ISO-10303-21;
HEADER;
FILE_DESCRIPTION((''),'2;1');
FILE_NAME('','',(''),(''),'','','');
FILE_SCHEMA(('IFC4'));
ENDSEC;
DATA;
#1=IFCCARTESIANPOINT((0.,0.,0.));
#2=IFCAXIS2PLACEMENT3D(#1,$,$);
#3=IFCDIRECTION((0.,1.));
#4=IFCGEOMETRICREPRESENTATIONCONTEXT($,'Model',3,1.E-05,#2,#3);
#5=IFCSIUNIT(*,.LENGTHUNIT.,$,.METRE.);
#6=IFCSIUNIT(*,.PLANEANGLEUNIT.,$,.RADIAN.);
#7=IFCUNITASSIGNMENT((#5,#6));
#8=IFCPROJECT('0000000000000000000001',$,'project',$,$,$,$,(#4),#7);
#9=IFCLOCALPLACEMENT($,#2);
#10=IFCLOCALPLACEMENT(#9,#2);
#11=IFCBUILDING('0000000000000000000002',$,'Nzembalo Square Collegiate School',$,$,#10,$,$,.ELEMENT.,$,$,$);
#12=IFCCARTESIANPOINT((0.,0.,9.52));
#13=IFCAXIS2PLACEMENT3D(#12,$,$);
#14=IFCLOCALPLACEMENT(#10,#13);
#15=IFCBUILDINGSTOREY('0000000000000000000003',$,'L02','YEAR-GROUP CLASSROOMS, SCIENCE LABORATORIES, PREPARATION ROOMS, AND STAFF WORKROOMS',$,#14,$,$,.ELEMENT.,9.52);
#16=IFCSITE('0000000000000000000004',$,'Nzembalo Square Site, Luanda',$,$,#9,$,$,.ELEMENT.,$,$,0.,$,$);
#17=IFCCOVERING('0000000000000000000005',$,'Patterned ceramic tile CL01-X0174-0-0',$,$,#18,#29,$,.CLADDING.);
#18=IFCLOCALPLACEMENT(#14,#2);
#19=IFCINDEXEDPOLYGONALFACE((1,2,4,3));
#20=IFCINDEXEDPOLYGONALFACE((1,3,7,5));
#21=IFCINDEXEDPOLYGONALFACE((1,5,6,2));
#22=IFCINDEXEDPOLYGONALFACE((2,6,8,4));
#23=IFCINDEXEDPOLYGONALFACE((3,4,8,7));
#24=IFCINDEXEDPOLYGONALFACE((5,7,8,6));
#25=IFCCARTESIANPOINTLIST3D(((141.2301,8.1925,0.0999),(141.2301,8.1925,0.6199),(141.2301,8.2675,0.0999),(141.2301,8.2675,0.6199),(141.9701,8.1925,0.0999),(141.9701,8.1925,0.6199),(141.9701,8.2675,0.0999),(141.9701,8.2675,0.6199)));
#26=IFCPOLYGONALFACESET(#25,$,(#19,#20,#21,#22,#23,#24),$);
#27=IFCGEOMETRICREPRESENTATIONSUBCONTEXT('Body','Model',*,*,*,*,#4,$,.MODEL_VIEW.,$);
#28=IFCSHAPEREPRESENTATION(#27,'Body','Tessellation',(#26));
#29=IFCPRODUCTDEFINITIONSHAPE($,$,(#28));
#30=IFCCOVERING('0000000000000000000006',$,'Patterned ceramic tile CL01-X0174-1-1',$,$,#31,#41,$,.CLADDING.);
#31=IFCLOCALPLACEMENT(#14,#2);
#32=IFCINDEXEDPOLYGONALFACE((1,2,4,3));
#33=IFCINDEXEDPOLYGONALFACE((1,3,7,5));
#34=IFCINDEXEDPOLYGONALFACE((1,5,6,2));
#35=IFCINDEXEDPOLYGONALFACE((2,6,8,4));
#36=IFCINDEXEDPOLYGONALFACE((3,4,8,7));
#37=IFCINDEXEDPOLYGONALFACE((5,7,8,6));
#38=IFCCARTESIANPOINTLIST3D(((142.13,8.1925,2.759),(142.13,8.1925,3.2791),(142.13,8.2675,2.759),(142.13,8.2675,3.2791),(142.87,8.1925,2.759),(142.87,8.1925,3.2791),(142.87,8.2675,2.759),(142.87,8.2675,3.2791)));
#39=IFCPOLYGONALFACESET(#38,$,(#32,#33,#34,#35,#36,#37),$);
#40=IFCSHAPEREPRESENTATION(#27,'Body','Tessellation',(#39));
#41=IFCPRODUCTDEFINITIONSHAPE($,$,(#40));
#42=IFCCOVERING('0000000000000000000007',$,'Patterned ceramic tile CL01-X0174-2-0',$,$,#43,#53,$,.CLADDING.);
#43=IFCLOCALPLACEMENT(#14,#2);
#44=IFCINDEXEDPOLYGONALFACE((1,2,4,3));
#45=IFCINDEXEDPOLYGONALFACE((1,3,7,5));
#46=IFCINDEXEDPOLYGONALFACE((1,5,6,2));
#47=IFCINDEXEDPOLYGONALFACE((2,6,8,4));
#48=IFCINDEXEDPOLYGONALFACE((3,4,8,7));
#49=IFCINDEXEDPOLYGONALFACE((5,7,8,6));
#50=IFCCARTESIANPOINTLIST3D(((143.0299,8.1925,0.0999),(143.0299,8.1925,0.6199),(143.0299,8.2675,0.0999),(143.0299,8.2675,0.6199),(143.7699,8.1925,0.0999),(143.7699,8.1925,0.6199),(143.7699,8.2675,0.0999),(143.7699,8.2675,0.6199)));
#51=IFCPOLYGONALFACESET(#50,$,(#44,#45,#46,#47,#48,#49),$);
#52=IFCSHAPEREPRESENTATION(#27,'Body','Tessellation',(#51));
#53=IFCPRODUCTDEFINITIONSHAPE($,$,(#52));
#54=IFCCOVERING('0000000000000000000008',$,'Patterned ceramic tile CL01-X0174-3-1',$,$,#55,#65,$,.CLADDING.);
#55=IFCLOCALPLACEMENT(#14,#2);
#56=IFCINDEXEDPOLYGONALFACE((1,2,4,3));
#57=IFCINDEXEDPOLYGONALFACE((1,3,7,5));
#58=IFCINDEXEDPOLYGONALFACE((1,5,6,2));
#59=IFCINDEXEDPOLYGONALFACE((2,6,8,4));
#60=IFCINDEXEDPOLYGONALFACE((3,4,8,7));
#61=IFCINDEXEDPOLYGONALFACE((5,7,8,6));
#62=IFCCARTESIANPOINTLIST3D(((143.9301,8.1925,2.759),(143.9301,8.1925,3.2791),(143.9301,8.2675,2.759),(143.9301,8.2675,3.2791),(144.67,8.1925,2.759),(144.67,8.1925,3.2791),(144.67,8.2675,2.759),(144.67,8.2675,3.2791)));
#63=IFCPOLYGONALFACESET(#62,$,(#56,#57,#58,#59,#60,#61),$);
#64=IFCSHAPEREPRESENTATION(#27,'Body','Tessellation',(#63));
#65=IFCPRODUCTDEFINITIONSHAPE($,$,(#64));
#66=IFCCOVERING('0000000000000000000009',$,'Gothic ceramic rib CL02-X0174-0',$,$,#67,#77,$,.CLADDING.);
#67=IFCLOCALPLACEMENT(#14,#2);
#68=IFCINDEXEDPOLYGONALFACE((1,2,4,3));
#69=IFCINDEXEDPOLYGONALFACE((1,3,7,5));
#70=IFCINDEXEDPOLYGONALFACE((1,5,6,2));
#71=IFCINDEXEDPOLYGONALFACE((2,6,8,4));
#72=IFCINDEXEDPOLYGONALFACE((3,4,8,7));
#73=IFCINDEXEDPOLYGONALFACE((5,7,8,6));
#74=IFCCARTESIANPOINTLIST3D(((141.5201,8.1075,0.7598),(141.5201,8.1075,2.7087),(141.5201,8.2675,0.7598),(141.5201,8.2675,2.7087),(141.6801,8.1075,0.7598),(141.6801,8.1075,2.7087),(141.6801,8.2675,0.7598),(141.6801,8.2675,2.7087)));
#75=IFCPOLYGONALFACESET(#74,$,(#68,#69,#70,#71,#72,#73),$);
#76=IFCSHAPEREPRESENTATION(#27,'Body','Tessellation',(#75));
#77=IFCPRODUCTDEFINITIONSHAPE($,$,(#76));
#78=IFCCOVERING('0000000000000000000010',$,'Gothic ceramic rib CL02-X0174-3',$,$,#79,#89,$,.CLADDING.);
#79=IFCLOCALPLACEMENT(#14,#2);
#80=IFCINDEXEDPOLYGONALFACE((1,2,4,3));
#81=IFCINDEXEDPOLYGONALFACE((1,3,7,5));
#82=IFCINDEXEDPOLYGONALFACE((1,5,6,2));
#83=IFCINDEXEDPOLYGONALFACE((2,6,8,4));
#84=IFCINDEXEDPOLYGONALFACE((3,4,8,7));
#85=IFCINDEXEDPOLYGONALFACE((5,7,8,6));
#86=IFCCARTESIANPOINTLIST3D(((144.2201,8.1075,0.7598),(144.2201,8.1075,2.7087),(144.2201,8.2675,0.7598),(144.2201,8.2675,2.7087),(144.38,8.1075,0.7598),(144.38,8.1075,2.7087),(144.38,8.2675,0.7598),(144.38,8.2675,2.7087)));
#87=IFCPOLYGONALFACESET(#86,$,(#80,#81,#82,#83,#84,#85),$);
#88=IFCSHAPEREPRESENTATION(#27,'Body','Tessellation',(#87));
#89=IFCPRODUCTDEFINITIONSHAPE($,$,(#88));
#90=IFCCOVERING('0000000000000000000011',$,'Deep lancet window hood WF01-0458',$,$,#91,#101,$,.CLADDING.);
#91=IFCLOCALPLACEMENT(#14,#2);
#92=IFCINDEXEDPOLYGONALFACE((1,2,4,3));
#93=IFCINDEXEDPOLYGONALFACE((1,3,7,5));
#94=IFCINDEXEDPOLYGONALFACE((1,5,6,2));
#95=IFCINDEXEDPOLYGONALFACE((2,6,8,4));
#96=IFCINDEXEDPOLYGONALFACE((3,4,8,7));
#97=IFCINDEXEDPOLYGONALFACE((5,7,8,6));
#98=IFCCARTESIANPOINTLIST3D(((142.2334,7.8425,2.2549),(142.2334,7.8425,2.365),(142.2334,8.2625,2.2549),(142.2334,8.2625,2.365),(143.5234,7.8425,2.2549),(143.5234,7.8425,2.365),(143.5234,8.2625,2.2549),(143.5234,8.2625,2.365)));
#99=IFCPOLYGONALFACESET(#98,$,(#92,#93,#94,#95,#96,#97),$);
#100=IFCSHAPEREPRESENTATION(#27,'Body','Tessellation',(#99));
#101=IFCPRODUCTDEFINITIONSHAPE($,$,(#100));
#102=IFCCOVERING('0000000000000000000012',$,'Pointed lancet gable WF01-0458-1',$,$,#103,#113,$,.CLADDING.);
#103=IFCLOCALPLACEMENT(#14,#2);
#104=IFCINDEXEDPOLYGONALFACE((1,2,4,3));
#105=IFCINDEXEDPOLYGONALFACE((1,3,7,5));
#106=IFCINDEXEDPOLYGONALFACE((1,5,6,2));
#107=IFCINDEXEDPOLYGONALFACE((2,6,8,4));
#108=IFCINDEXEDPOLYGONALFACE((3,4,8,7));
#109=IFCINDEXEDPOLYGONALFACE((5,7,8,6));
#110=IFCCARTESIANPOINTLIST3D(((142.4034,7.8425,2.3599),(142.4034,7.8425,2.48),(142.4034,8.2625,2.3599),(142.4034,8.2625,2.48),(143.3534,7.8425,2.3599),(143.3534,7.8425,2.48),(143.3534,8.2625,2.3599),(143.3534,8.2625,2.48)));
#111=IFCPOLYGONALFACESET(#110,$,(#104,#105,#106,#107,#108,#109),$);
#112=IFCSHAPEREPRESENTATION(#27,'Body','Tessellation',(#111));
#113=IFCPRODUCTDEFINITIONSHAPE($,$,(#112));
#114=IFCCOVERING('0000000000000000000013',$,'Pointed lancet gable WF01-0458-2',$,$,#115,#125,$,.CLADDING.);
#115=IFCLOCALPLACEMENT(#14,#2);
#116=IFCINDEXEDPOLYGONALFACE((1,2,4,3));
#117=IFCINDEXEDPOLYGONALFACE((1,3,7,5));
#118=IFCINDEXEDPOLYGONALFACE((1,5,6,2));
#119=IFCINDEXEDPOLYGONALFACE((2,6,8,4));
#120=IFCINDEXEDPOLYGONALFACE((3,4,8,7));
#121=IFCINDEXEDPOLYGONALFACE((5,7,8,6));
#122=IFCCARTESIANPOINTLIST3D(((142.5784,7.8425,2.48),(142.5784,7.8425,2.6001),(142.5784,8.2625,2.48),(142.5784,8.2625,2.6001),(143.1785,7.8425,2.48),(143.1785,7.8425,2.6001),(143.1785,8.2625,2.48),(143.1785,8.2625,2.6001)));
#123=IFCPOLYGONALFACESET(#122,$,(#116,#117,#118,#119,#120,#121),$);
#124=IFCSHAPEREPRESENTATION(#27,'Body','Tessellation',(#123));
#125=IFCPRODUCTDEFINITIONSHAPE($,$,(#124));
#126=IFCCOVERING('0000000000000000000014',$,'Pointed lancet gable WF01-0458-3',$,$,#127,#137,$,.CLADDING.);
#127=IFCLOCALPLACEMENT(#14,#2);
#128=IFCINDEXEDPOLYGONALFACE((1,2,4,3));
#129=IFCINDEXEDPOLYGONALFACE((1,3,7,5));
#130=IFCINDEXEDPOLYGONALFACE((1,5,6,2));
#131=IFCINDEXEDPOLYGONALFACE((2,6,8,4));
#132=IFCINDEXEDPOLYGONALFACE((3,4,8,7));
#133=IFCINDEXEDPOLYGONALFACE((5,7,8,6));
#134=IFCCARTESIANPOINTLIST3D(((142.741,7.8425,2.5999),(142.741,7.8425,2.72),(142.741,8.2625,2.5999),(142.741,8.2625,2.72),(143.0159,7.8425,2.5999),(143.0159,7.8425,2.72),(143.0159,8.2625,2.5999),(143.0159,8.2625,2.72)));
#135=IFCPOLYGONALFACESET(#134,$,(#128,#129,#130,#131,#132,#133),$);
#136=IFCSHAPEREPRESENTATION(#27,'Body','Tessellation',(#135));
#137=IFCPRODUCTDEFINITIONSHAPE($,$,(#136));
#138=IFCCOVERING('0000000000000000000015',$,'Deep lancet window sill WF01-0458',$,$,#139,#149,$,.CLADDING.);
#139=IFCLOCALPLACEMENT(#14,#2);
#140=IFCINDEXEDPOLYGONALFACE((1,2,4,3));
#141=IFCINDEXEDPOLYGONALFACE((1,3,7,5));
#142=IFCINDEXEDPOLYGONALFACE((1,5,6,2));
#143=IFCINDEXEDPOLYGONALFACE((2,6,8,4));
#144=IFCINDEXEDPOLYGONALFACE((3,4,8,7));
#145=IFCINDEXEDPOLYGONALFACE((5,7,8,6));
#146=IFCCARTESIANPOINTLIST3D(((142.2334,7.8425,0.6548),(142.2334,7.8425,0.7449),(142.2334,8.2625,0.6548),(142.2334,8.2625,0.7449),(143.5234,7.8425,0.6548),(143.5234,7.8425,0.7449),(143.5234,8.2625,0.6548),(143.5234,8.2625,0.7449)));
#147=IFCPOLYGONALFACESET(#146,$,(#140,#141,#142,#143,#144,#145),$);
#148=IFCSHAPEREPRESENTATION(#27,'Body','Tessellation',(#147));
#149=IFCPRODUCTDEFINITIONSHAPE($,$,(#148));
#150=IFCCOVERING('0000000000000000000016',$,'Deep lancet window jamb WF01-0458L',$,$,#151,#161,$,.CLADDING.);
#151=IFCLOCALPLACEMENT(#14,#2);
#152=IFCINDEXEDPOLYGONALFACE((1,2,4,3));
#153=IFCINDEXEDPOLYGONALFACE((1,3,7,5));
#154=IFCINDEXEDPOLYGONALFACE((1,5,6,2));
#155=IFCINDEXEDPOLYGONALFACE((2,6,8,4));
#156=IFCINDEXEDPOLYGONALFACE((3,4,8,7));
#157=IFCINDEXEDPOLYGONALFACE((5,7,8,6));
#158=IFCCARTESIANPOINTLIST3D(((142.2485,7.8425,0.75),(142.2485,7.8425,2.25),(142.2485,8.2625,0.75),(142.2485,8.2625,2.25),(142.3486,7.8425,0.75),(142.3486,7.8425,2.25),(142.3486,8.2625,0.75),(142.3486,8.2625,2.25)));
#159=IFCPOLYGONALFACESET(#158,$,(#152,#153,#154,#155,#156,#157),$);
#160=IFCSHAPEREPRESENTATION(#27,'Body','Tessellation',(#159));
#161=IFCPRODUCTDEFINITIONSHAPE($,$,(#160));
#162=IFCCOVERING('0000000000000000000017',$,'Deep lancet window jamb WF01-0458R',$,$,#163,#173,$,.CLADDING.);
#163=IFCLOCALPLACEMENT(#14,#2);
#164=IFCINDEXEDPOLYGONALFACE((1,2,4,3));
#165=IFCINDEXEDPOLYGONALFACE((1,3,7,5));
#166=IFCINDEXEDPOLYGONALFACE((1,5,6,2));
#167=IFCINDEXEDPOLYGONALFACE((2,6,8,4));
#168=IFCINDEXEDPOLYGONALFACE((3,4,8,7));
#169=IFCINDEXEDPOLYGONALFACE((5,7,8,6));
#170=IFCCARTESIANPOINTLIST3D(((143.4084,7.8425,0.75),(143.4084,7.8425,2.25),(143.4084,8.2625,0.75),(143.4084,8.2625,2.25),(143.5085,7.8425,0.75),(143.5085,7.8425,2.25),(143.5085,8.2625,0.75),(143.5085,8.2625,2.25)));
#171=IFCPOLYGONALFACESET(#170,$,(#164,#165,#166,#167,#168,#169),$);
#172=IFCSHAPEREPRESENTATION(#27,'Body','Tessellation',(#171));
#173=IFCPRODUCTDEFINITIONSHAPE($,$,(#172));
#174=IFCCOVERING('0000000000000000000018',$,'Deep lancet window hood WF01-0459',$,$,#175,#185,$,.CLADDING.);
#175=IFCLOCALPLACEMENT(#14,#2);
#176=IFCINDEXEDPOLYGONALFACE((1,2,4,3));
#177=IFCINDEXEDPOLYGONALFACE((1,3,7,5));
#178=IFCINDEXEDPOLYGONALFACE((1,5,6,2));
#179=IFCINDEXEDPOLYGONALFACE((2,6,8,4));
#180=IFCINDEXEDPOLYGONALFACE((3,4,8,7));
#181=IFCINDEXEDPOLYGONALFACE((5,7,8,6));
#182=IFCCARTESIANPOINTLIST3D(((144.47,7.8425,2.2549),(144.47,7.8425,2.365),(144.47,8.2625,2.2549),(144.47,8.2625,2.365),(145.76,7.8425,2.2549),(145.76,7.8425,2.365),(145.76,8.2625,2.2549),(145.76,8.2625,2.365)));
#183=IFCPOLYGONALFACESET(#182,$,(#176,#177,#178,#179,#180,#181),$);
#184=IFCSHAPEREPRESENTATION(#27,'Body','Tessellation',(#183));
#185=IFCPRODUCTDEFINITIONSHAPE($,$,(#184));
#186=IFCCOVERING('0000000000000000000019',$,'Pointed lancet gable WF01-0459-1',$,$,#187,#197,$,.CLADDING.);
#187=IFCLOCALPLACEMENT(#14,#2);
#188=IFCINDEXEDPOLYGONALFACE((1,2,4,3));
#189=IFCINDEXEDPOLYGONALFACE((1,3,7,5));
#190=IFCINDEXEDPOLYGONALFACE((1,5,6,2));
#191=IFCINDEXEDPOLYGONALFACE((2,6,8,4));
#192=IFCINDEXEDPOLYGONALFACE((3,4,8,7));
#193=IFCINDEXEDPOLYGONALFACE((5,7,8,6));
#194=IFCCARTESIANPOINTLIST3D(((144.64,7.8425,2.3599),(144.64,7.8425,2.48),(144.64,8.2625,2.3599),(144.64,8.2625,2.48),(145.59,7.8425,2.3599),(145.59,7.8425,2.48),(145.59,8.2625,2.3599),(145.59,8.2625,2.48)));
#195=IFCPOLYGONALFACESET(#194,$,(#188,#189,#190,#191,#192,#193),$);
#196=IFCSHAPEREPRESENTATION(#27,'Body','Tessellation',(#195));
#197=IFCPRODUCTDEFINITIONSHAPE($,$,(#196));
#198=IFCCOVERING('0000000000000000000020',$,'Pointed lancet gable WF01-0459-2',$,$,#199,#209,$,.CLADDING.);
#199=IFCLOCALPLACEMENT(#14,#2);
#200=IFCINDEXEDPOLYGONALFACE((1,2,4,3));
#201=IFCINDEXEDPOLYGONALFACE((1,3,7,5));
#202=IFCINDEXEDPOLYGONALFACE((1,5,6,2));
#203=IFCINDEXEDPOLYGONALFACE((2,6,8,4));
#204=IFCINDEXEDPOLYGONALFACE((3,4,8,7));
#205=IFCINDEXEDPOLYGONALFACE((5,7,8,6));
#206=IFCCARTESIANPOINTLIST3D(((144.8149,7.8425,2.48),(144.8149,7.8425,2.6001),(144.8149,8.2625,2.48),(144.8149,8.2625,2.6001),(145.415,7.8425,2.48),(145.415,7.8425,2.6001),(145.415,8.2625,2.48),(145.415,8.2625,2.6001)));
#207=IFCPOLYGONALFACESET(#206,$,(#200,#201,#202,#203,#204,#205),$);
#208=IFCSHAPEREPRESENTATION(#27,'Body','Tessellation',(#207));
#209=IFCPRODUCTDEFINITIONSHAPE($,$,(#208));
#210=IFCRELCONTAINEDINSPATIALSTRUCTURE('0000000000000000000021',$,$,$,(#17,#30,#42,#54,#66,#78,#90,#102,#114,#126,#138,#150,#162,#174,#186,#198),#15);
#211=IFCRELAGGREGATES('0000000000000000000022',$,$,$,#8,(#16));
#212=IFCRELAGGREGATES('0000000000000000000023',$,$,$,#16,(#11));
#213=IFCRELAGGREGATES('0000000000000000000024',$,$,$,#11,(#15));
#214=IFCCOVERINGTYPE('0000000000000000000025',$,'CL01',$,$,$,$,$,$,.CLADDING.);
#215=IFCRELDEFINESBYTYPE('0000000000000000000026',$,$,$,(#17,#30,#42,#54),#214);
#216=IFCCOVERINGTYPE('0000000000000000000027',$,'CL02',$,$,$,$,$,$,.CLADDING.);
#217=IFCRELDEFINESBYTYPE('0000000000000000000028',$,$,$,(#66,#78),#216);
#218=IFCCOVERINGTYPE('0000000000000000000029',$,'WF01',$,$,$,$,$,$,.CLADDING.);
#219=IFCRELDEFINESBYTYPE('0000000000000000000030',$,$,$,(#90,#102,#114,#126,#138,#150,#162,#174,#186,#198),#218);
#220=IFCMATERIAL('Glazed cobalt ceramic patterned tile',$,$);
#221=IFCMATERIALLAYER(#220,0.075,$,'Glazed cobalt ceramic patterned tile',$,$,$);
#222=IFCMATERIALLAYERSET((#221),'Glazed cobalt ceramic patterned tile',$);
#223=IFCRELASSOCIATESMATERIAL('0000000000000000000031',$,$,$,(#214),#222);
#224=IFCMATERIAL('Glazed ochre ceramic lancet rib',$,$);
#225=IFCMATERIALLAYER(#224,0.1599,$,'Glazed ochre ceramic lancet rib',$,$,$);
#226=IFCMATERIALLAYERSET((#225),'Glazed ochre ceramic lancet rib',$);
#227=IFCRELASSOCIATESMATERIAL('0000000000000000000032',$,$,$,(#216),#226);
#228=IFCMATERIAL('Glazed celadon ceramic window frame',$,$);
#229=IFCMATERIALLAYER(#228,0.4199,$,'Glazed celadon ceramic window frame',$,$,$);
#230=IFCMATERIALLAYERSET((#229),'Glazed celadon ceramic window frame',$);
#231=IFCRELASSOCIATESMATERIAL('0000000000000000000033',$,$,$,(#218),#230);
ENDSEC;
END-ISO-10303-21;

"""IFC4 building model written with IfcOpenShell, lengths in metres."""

from ifc_helpers import new_model, si_unit, direction, frame, origin, origin_2d, place, context, subcontext, project, spatial, rectangle, extrude, material, layer, layer_set, type_object, element, save


model = new_model("IFC4")

# Units and contexts
model_context = context("Model", 3, precision=1e-05, world=origin(), true_north=direction((0.0, 1.0)))
body_context = subcontext(model_context, "Body", "Model", "MODEL_VIEW")
ifc_project = project(units=[si_unit("LENGTHUNIT", "METRE"), si_unit("PLANEANGLEUNIT", "RADIAN")], contexts=[model_context])

# Site, building, storey
site_placement = place(None, origin())
site = spatial("IfcSite", under=ifc_project, at=site_placement, Name="Nzembalo Square Site, Luanda", CompositionType="ELEMENT", RefElevation=0.0)
building_placement = place(site_placement, origin())
building = spatial("IfcBuilding", under=site, at=building_placement, Name="Nzembalo Square Collegiate School", CompositionType="ELEMENT")
storey_placement = place(building_placement, frame((0.0, 0.0, 9.52)))
storey = spatial("IfcBuildingStorey", under=building, at=storey_placement, Name="L02", Description="YEAR-GROUP CLASSROOMS, SCIENCE LABORATORIES, PREPARATION ROOMS, AND STAFF WORKROOMS", CompositionType="ELEMENT", Elevation=9.52)

# Coverings
ifc_material_1 = material(Name="Glazed cobalt ceramic patterned tile")
ifc_layer_1 = layer(ifc_material_1, 0.075, Name="Glazed cobalt ceramic patterned tile")
ifc_layer_set_1 = layer_set([ifc_layer_1], Name="Glazed cobalt ceramic patterned tile")
covering_type_1 = type_object("IfcCoveringType", Name="CL01", PredefinedType="CLADDING", material=ifc_layer_set_1)
for number, where, z_axis, x_axis, name in (
    (1, (141.6001, 8.23, 0.0999), (0.0, 0.0, 1.0), (1.0, 0.0, 0.0), "Patterned ceramic tile CL01-X0174-0-0"),
    (2, (142.5, 8.23, 2.759), (0.0, 0.0, 1.0), (1.0, 0.0, 0.0), "Patterned ceramic tile CL01-X0174-1-1"),
    (3, (143.3999, 8.23, 0.0999), (0.0, 0.0, 1.0), (1.0, 0.0, 0.0), "Patterned ceramic tile CL01-X0174-2-0"),
    (4, (144.3, 8.23, 2.759), (0.0, 0.0, 1.0), (1.0, 0.0, 0.0), "Patterned ceramic tile CL01-X0174-3-1"),
):
    element("IfcCovering", number, at=place(storey_placement, frame(where, z_axis=z_axis, x_axis=x_axis)), inside=storey, type_object=covering_type_1, Name=name, PredefinedType="CLADDING", context=body_context, shape_type="SweptSolid", body=[
        extrude(rectangle(XDim=0.74, YDim=0.075, at=origin_2d()), origin(), (0.0, 0.0, 1.0), 0.52),
    ])
ifc_material_2 = material(Name="Glazed ochre ceramic lancet rib")
ifc_layer_2 = layer(ifc_material_2, 0.1599, Name="Glazed ochre ceramic lancet rib")
ifc_layer_set_2 = layer_set([ifc_layer_2], Name="Glazed ochre ceramic lancet rib")
covering_type_2 = type_object("IfcCoveringType", Name="CL02", PredefinedType="CLADDING", material=ifc_layer_set_2)
for number, where, z_axis, x_axis, name in (
    (5, (141.6001, 8.1875, 0.7598), (0.0, 0.0, 1.0), (1.0, 0.0, 0.0), "Gothic ceramic rib CL02-X0174-0"),
    (6, (144.3, 8.1875, 0.7598), (0.0, 0.0, 1.0), (1.0, 0.0, 0.0), "Gothic ceramic rib CL02-X0174-3"),
):
    element("IfcCovering", number, at=place(storey_placement, frame(where, z_axis=z_axis, x_axis=x_axis)), inside=storey, type_object=covering_type_2, Name=name, PredefinedType="CLADDING", context=body_context, shape_type="SweptSolid", body=[
        extrude(rectangle(XDim=0.1599, YDim=0.1599, at=origin_2d()), origin(), (0.0, 0.0, 1.0), 1.949),
    ])
ifc_material_3 = material(Name="Glazed celadon ceramic window frame")
ifc_layer_3 = layer(ifc_material_3, 0.4199, Name="Glazed celadon ceramic window frame")
ifc_layer_set_3 = layer_set([ifc_layer_3], Name="Glazed celadon ceramic window frame")
covering_type_3 = type_object("IfcCoveringType", Name="WF01", PredefinedType="CLADDING", material=ifc_layer_set_3)
covering_1_placement = place(storey_placement, frame((142.8784, 8.0525, 2.2549), z_axis=(0.0, 0.0, 1.0), x_axis=(1.0, 0.0, 0.0)))
element("IfcCovering", 7, at=covering_1_placement, inside=storey, type_object=covering_type_3, Name="Deep lancet window hood WF01-0458", PredefinedType="CLADDING", context=body_context, shape_type="SweptSolid", body=[
    extrude(rectangle(XDim=1.29, YDim=0.4199, at=origin_2d()), origin(), (0.0, 0.0, 1.0), 0.1101),
])
covering_2_placement = place(storey_placement, frame((142.8784, 8.0525, 2.3599), z_axis=(0.0, 0.0, 1.0), x_axis=(1.0, 0.0, 0.0)))
element("IfcCovering", 8, at=covering_2_placement, inside=storey, type_object=covering_type_3, Name="Pointed lancet gable WF01-0458-1", PredefinedType="CLADDING", context=body_context, shape_type="SweptSolid", body=[
    extrude(rectangle(XDim=0.95, YDim=0.4199, at=origin_2d()), origin(), (0.0, 0.0, 1.0), 0.1201),
])
covering_3_placement = place(storey_placement, frame((142.8784, 8.0525, 2.48), z_axis=(0.0, 0.0, 1.0), x_axis=(1.0, 0.0, 0.0)))
element("IfcCovering", 9, at=covering_3_placement, inside=storey, type_object=covering_type_3, Name="Pointed lancet gable WF01-0458-2", PredefinedType="CLADDING", context=body_context, shape_type="SweptSolid", body=[
    extrude(rectangle(XDim=0.6001, YDim=0.4199, at=origin_2d()), origin(), (0.0, 0.0, 1.0), 0.1201),
])
covering_4_placement = place(storey_placement, frame((142.8784, 8.0525, 2.5999), z_axis=(0.0, 0.0, 1.0), x_axis=(1.0, 0.0, 0.0)))
element("IfcCovering", 10, at=covering_4_placement, inside=storey, type_object=covering_type_3, Name="Pointed lancet gable WF01-0458-3", PredefinedType="CLADDING", context=body_context, shape_type="SweptSolid", body=[
    extrude(rectangle(XDim=0.2749, YDim=0.4199, at=origin_2d()), origin(), (0.0, 0.0, 1.0), 0.1201),
])
covering_5_placement = place(storey_placement, frame((142.8784, 8.0525, 0.6548), z_axis=(0.0, 0.0, 1.0), x_axis=(1.0, 0.0, 0.0)))
element("IfcCovering", 11, at=covering_5_placement, inside=storey, type_object=covering_type_3, Name="Deep lancet window sill WF01-0458", PredefinedType="CLADDING", context=body_context, shape_type="SweptSolid", body=[
    extrude(rectangle(XDim=1.29, YDim=0.4199, at=origin_2d()), origin(), (0.0, 0.0, 1.0), 0.0901),
])
for number, where, z_axis, x_axis, name in (
    (12, (142.2986, 8.0525, 0.75), (0.0, 0.0, 1.0), (1.0, 0.0, 0.0), "Deep lancet window jamb WF01-0458L"),
    (13, (143.4585, 8.0525, 0.75), (0.0, 0.0, 1.0), (1.0, 0.0, 0.0), "Deep lancet window jamb WF01-0458R"),
):
    element("IfcCovering", number, at=place(storey_placement, frame(where, z_axis=z_axis, x_axis=x_axis)), inside=storey, type_object=covering_type_3, Name=name, PredefinedType="CLADDING", context=body_context, shape_type="SweptSolid", body=[
        extrude(rectangle(XDim=0.1001, YDim=0.4199, at=origin_2d()), origin(), (0.0, 0.0, 1.0), 1.5),
    ])
covering_6_placement = place(storey_placement, frame((145.115, 8.0525, 2.2549), z_axis=(0.0, 0.0, 1.0), x_axis=(1.0, 0.0, 0.0)))
element("IfcCovering", 14, at=covering_6_placement, inside=storey, type_object=covering_type_3, Name="Deep lancet window hood WF01-0459", PredefinedType="CLADDING", context=body_context, shape_type="SweptSolid", body=[
    extrude(rectangle(XDim=1.29, YDim=0.4199, at=origin_2d()), origin(), (0.0, 0.0, 1.0), 0.1101),
])
covering_7_placement = place(storey_placement, frame((145.115, 8.0525, 2.3599), z_axis=(0.0, 0.0, 1.0), x_axis=(1.0, 0.0, 0.0)))
element("IfcCovering", 15, at=covering_7_placement, inside=storey, type_object=covering_type_3, Name="Pointed lancet gable WF01-0459-1", PredefinedType="CLADDING", context=body_context, shape_type="SweptSolid", body=[
    extrude(rectangle(XDim=0.95, YDim=0.4199, at=origin_2d()), origin(), (0.0, 0.0, 1.0), 0.1201),
])
covering_8_placement = place(storey_placement, frame((145.115, 8.0525, 2.48), z_axis=(0.0, 0.0, 1.0), x_axis=(1.0, 0.0, 0.0)))
element("IfcCovering", 16, at=covering_8_placement, inside=storey, type_object=covering_type_3, Name="Pointed lancet gable WF01-0459-2", PredefinedType="CLADDING", context=body_context, shape_type="SweptSolid", body=[
    extrude(rectangle(XDim=0.6001, YDim=0.4199, at=origin_2d()), origin(), (0.0, 0.0, 1.0), 0.1201),
])

save(model, "model.ifc")
